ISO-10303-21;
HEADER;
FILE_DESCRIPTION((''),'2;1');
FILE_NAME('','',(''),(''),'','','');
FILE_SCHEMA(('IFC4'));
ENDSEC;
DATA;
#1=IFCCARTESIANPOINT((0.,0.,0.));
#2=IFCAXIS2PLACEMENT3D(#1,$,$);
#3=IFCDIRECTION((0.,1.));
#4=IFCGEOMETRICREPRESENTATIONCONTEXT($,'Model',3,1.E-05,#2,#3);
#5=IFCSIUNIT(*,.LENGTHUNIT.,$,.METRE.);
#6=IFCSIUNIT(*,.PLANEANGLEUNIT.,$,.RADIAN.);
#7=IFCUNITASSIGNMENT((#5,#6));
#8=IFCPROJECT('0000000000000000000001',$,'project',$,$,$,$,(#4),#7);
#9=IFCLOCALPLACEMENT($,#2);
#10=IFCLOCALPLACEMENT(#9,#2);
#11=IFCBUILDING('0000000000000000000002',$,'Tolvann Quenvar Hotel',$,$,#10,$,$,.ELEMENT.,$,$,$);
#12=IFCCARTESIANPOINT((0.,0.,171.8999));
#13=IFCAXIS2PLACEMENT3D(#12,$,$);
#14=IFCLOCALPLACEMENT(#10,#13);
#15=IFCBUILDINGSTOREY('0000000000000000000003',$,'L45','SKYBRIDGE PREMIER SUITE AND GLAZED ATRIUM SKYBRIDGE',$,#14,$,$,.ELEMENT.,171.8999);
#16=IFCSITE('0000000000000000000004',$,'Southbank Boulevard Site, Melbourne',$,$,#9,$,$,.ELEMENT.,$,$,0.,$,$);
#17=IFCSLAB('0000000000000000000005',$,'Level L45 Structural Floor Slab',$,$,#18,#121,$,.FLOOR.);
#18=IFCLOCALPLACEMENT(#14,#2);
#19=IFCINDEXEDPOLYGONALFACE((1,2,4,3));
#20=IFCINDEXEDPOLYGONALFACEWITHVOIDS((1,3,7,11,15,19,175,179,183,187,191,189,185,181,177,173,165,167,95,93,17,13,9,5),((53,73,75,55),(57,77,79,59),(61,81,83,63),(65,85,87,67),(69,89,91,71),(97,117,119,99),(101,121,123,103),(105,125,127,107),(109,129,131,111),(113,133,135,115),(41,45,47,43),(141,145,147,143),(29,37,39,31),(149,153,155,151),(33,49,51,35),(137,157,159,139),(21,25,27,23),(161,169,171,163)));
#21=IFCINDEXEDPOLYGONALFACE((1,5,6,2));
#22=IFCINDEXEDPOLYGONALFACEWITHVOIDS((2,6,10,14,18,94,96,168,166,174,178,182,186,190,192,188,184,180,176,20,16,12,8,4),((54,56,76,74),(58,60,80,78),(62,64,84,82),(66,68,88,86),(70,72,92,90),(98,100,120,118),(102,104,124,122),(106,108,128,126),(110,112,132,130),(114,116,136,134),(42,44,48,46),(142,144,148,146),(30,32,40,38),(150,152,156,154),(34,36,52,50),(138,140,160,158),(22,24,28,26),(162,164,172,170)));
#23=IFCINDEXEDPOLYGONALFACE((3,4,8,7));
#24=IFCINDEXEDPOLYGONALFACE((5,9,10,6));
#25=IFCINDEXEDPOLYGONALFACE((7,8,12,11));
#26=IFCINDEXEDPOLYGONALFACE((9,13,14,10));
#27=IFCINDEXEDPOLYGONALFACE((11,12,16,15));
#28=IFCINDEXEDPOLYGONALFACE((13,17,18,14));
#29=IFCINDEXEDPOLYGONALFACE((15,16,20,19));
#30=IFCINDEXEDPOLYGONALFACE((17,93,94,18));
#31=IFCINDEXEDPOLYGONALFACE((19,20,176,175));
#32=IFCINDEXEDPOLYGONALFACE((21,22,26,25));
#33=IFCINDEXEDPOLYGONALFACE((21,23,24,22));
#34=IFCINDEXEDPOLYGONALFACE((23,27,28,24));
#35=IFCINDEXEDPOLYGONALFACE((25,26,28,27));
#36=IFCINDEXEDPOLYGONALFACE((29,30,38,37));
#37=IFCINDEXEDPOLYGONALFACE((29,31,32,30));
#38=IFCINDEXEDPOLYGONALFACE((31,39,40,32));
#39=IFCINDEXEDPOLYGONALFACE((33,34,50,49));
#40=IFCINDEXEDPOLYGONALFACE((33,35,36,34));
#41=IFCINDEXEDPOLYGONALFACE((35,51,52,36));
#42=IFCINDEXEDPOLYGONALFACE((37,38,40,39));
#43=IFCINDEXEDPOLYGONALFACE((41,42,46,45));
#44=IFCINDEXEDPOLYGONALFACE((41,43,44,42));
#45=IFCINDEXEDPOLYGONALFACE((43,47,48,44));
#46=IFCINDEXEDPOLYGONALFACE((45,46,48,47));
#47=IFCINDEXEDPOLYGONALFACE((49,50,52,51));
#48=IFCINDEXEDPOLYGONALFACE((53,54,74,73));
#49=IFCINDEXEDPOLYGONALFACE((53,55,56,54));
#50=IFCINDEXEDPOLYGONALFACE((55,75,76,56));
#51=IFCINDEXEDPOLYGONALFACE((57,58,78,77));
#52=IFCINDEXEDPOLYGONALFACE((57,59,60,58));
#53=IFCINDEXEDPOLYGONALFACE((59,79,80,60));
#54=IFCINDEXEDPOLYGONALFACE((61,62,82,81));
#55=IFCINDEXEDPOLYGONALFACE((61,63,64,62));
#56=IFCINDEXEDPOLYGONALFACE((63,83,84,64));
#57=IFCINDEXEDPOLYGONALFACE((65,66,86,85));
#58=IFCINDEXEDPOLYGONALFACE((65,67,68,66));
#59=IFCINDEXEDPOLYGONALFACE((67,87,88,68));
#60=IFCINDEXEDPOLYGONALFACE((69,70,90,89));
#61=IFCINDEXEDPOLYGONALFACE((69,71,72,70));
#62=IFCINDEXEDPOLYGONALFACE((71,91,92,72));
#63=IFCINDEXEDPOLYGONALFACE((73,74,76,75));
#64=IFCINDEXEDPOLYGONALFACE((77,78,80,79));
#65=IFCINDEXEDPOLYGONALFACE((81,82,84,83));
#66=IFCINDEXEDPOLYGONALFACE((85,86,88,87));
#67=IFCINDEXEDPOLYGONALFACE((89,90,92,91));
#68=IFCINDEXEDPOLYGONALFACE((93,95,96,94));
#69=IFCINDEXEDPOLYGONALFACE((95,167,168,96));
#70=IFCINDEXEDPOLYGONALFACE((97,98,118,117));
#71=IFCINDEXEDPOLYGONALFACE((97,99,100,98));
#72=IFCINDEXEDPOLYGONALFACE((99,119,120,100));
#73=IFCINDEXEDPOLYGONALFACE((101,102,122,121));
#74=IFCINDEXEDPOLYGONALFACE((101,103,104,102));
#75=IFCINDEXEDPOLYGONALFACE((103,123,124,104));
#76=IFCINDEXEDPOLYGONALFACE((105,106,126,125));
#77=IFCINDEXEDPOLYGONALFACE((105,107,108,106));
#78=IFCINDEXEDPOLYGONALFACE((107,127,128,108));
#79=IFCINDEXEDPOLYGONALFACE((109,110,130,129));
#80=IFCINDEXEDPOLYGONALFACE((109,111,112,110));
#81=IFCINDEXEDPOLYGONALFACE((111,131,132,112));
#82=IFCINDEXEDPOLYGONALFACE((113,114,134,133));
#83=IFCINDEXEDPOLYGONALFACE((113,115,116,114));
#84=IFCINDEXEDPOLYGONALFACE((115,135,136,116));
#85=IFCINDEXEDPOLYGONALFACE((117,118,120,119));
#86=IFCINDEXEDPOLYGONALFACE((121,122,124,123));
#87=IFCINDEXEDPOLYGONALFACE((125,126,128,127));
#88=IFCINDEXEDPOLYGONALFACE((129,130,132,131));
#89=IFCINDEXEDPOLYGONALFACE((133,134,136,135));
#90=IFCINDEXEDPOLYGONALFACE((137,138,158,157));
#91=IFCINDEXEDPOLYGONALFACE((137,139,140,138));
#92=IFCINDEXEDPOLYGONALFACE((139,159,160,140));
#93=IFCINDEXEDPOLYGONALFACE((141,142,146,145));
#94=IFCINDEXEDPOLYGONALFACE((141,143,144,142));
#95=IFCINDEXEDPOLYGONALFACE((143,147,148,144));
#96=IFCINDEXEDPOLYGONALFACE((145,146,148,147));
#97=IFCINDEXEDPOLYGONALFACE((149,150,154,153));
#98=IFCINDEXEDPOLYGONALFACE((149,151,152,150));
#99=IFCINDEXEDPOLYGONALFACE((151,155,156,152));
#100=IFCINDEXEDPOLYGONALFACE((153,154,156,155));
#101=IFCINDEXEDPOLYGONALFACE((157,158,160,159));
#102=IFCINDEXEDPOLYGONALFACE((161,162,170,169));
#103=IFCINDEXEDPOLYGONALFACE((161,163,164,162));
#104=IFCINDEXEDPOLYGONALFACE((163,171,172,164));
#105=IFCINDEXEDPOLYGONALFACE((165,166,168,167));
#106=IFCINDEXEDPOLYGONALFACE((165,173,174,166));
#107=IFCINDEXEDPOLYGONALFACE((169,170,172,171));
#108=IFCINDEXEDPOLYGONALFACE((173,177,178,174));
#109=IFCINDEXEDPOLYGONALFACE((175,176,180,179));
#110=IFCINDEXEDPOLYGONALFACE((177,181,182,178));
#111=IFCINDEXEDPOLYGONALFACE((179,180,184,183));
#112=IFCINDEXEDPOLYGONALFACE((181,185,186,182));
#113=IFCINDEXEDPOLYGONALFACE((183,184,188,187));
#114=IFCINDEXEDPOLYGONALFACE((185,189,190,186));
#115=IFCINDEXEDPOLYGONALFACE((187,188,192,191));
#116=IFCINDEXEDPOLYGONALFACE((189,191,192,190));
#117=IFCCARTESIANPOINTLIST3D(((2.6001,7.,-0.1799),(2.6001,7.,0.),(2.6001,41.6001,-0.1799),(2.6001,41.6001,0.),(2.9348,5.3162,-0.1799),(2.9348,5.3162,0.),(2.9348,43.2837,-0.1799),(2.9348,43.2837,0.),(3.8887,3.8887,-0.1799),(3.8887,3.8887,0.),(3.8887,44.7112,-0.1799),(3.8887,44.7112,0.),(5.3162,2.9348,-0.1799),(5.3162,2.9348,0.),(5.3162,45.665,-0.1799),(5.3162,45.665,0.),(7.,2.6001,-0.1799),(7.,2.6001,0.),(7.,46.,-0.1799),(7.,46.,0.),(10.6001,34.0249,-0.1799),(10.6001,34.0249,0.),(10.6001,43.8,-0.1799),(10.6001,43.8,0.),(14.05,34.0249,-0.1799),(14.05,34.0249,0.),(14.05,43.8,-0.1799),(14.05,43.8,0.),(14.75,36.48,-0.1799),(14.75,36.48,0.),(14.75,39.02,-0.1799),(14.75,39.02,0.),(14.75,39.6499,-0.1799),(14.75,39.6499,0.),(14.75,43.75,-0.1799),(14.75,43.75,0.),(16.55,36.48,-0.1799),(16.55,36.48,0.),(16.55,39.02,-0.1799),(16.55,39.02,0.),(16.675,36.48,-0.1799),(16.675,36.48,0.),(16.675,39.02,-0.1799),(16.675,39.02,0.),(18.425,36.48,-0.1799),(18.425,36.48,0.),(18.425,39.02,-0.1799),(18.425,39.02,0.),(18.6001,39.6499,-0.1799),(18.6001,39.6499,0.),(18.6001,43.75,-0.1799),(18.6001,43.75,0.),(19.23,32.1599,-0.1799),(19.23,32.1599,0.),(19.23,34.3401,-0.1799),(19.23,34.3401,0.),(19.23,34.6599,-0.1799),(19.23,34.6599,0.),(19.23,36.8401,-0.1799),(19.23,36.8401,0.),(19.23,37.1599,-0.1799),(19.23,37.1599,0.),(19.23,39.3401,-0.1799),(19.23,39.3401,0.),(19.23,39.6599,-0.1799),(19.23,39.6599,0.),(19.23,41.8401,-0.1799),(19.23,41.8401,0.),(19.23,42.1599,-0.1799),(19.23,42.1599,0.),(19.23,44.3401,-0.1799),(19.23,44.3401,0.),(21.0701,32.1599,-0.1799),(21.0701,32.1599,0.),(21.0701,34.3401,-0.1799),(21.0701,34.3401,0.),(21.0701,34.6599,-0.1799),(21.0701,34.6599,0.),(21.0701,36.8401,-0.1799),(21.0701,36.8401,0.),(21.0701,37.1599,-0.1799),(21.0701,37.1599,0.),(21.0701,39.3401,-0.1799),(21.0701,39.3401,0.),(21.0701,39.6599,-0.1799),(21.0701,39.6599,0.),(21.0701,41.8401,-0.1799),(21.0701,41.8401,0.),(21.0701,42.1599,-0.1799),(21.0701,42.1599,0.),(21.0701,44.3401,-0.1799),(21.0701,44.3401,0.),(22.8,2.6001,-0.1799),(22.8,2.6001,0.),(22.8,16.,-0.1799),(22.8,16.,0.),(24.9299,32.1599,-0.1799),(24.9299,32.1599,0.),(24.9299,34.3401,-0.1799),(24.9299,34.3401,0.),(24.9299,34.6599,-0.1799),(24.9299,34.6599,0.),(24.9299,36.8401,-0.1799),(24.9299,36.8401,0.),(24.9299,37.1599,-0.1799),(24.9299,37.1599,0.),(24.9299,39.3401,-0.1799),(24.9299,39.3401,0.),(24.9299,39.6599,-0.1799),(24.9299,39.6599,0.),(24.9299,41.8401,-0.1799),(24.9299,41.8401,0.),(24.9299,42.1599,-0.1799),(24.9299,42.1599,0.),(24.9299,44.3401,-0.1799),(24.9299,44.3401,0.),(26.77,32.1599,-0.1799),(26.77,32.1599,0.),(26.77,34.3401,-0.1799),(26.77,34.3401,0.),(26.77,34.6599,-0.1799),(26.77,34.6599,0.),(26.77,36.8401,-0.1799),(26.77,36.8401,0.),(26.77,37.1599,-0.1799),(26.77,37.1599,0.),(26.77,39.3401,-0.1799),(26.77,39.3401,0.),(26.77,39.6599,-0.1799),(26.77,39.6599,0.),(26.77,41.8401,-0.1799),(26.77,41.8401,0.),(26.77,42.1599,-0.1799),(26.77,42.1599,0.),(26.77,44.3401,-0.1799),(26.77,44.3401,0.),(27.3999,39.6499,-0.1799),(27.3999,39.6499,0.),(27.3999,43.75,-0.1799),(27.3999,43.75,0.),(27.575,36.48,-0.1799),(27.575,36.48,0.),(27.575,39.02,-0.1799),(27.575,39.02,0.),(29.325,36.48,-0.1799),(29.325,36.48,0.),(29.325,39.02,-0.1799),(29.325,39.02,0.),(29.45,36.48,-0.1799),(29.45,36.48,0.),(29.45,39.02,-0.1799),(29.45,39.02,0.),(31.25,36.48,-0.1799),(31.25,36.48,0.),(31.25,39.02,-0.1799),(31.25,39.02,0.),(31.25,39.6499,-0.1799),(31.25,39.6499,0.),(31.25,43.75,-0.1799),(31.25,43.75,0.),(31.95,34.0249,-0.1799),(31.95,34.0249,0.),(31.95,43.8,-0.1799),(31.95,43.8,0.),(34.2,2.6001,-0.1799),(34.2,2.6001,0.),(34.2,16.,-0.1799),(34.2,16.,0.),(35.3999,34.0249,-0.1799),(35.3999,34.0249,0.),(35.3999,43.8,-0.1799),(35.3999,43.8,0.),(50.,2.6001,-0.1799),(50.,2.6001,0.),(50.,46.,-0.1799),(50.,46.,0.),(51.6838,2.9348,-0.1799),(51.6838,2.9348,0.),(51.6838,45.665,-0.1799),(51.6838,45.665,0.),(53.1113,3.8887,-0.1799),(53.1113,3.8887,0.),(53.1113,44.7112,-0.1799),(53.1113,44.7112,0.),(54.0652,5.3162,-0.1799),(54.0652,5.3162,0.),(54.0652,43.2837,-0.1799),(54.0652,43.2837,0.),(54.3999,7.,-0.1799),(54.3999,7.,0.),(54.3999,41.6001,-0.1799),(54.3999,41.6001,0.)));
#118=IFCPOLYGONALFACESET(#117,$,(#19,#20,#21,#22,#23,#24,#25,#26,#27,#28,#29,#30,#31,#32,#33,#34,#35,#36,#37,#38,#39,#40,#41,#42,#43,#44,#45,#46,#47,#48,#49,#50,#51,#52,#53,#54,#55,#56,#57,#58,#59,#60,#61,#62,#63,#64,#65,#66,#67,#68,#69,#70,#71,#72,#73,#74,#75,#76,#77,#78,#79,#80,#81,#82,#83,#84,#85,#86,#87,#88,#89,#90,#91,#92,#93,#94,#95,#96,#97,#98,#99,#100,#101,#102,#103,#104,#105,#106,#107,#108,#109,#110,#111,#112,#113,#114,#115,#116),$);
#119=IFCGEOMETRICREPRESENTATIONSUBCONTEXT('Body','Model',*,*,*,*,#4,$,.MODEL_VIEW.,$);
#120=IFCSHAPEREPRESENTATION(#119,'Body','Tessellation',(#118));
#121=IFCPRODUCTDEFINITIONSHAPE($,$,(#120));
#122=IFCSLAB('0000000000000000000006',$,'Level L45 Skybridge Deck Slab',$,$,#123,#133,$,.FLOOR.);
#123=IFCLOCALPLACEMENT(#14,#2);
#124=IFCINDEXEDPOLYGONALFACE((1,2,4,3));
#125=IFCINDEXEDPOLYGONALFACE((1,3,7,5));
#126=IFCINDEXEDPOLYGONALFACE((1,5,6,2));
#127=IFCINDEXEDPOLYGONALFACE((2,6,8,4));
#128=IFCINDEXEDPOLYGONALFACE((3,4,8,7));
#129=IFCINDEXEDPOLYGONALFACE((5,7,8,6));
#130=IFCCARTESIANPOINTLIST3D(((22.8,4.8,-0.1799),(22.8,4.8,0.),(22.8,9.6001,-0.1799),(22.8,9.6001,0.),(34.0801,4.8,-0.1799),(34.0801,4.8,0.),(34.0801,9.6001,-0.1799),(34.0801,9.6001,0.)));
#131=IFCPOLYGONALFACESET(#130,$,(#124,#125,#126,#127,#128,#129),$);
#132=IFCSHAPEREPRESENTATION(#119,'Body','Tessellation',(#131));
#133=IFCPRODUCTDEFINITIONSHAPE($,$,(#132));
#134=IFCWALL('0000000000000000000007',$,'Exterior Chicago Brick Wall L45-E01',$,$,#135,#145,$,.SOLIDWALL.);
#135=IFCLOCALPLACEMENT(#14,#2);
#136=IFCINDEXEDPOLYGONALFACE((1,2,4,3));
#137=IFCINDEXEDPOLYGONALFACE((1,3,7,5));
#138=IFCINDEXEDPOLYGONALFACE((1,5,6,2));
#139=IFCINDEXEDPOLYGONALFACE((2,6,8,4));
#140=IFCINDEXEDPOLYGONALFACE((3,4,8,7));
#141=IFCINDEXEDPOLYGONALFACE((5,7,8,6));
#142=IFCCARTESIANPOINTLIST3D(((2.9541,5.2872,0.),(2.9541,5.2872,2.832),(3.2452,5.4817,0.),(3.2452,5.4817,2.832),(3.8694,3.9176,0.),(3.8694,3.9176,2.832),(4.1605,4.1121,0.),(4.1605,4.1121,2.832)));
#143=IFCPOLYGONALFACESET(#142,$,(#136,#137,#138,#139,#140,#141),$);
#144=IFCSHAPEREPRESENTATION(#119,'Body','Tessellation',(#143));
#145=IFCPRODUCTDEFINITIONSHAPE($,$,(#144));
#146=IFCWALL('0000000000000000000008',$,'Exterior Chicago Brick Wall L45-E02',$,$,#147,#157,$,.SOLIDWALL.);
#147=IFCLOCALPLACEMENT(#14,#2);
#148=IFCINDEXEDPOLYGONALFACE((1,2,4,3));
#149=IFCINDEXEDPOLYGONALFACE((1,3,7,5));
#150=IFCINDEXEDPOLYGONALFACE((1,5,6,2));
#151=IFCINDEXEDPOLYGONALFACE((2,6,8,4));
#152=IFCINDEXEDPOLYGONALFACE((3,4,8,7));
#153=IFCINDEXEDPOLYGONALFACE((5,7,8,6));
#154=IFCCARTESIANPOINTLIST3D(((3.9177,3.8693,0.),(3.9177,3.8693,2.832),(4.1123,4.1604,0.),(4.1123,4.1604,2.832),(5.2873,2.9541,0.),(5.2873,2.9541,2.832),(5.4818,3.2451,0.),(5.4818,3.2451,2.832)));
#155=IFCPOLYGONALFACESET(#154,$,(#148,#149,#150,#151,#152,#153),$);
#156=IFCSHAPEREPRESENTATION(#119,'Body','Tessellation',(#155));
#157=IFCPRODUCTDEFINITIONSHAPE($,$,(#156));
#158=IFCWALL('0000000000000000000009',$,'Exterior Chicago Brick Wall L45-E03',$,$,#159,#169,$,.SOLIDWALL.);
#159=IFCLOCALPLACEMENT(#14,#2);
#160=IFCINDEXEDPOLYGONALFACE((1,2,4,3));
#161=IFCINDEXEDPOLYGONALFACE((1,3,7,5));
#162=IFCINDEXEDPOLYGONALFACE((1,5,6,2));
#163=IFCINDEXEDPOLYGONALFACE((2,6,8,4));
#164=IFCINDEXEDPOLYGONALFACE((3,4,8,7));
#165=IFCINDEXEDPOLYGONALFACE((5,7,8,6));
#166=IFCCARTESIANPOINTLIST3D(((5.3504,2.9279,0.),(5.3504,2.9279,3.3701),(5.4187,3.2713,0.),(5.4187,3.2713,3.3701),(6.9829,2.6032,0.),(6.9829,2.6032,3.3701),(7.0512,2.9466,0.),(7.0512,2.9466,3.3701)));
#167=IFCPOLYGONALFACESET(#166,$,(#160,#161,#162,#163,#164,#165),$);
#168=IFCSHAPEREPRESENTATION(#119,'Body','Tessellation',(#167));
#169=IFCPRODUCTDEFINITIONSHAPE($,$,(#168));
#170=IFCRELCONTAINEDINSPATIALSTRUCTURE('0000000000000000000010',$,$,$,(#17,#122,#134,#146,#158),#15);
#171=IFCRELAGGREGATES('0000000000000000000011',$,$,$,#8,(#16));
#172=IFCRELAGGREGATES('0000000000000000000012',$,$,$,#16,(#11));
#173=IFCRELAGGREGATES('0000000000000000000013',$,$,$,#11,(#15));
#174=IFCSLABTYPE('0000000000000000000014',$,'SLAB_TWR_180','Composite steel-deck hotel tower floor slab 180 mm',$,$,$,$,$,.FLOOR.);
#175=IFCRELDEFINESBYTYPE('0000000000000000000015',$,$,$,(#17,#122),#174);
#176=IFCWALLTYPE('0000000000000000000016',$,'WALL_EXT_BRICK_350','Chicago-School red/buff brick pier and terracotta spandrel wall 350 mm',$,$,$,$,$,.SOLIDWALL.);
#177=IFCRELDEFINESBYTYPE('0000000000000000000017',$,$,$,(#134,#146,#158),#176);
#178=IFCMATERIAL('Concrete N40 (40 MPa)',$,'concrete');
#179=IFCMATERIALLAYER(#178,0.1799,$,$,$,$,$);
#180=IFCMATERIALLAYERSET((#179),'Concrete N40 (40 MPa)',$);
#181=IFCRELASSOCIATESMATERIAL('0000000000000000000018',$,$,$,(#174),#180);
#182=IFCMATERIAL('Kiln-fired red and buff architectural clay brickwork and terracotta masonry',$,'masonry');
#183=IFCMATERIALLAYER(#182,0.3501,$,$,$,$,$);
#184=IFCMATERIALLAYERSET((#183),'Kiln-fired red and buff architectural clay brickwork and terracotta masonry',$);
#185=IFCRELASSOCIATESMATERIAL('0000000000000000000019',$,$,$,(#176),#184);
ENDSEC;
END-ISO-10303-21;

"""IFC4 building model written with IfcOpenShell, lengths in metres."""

from ifc_helpers import new_model, si_unit, direction, frame, frame_2d, origin, place, context, subcontext, project, spatial, polyline, rectangle, outline, extrude, material, layer, layer_set, type_object, element, save


model = new_model("IFC4")

# Units and contexts
model_context = context("Model", 3, precision=1e-05, world=origin(), true_north=direction((0.0, 1.0)))
body_context = subcontext(model_context, "Body", "Model", "MODEL_VIEW")
ifc_project = project(units=[si_unit("LENGTHUNIT", "METRE"), si_unit("PLANEANGLEUNIT", "RADIAN")], contexts=[model_context])

# Site, building, storey
site_placement = place(None, origin())
site = spatial("IfcSite", under=ifc_project, at=site_placement, Name="Southbank Boulevard Site, Melbourne", CompositionType="ELEMENT", RefElevation=0.0)
building_placement = place(site_placement, origin())
building = spatial("IfcBuilding", under=site, at=building_placement, Name="Tolvann Quenvar Hotel", CompositionType="ELEMENT")
storey_placement = place(building_placement, frame((0.0, 0.0, 171.8999)))
storey = spatial("IfcBuildingStorey", under=building, at=storey_placement, Name="L45", Description="SKYBRIDGE PREMIER SUITE AND GLAZED ATRIUM SKYBRIDGE", CompositionType="ELEMENT", Elevation=171.8999)

# Shared definitions
ifc_material_1 = material(Name="Concrete N40 (40 MPa)", Category="concrete")

# Slabs
ifc_layer_1 = layer(ifc_material_1, 0.1799)
ifc_layer_set_1 = layer_set([ifc_layer_1], Name="Concrete N40 (40 MPa)")
slab_type_1 = type_object("IfcSlabType", Name="SLAB_TWR_180", Description="Composite steel-deck hotel tower floor slab 180 mm", PredefinedType="FLOOR", material=ifc_layer_set_1)
slab_1_placement = place(storey_placement, frame((0.0, 0.0, -0.1799)))
element("IfcSlab", 1, at=slab_1_placement, inside=storey, type_object=slab_type_1, Name="Level L45 Structural Floor Slab", PredefinedType="FLOOR", context=body_context, shape_type="SweptSolid", body=[
    extrude(outline(polyline([(2.6001, 7.0), (2.9348, 5.3162), (3.8887, 3.8887), (5.3162, 2.9348), (7.0, 2.6001), (22.8, 2.6001), (22.8, 16.0), (34.2, 16.0), (34.2, 2.6001), (50.0, 2.6001), (51.6838, 2.9348), (53.1113, 3.8887), (54.0652, 5.3162), (54.3999, 7.0), (54.3999, 41.6001), (54.0652, 43.2837), (53.1113, 44.7112), (51.6838, 45.665), (50.0, 46.0), (7.0, 46.0), (5.3162, 45.665), (3.8887, 44.7112), (2.9348, 43.2837), (2.6001, 41.6001), (2.6001, 7.0)]), holes=[polyline([(31.95, 34.0249), (31.95, 43.8), (35.3999, 43.8), (35.3999, 34.0249), (31.95, 34.0249)]), polyline([(29.45, 39.02), (31.25, 39.02), (31.25, 36.48), (29.45, 36.48), (29.45, 39.02)]), polyline([(31.25, 43.75), (31.25, 39.6499), (27.3999, 39.6499), (27.3999, 43.75), (31.25, 43.75)]), polyline([(27.575, 39.02), (29.325, 39.02), (29.325, 36.48), (27.575, 36.48), (27.575, 39.02)]), polyline([(26.77, 44.3401), (26.77, 42.1599), (24.9299, 42.1599), (24.9299, 44.3401), (26.77, 44.3401)]), polyline([(24.9299, 41.8401), (26.77, 41.8401), (26.77, 39.6599), (24.9299, 39.6599), (24.9299, 41.8401)]), polyline([(24.9299, 39.3401), (26.77, 39.3401), (26.77, 37.1599), (24.9299, 37.1599), (24.9299, 39.3401)]), polyline([(24.9299, 36.8401), (26.77, 36.8401), (26.77, 34.6599), (24.9299, 34.6599), (24.9299, 36.8401)]), polyline([(24.9299, 34.3401), (26.77, 34.3401), (26.77, 32.1599), (24.9299, 32.1599), (24.9299, 34.3401)]), polyline([(21.0701, 44.3401), (21.0701, 42.1599), (19.23, 42.1599), (19.23, 44.3401), (21.0701, 44.3401)]), polyline([(19.23, 41.8401), (21.0701, 41.8401), (21.0701, 39.6599), (19.23, 39.6599), (19.23, 41.8401)]), polyline([(19.23, 39.3401), (21.0701, 39.3401), (21.0701, 37.1599), (19.23, 37.1599), (19.23, 39.3401)]), polyline([(19.23, 36.8401), (21.0701, 36.8401), (21.0701, 34.6599), (19.23, 34.6599), (19.23, 36.8401)]), polyline([(19.23, 34.3401), (21.0701, 34.3401), (21.0701, 32.1599), (19.23, 32.1599), (19.23, 34.3401)]), polyline([(18.6001, 43.75), (18.6001, 39.6499), (14.75, 39.6499), (14.75, 43.75), (18.6001, 43.75)]), polyline([(16.675, 39.02), (18.425, 39.02), (18.425, 36.48), (16.675, 36.48), (16.675, 39.02)]), polyline([(14.75, 39.02), (16.55, 39.02), (16.55, 36.48), (14.75, 36.48), (14.75, 39.02)]), polyline([(10.6001, 34.0249), (10.6001, 43.8), (14.05, 43.8), (14.05, 34.0249), (10.6001, 34.0249)])]), origin(), (0.0, 0.0, 1.0), 0.1799),
])
slab_2_placement = place(storey_placement, frame((0.0, 0.0, -0.1799)))
element("IfcSlab", 2, at=slab_2_placement, inside=storey, type_object=slab_type_1, Name="Level L45 Skybridge Deck Slab", PredefinedType="FLOOR", context=body_context, shape_type="SweptSolid", body=[
    extrude(outline(polyline([(22.8, 4.8), (34.0801, 4.8), (34.0801, 9.6001), (22.8, 9.6001), (22.8, 4.8)])), origin(), (0.0, 0.0, 1.0), 0.1799),
])

# Walls
ifc_material_2 = material(Name="Kiln-fired red and buff architectural clay brickwork and terracotta masonry", Category="masonry")
ifc_layer_2 = layer(ifc_material_2, 0.3501)
ifc_layer_set_2 = layer_set([ifc_layer_2], Name="Kiln-fired red and buff architectural clay brickwork and terracotta masonry")
wall_type_1 = type_object("IfcWallType", Name="WALL_EXT_BRICK_350", Description="Chicago-School red/buff brick pier and terracotta spandrel wall 350 mm", PredefinedType="SOLIDWALL", material=ifc_layer_set_2)
for number, where, z_axis, x_axis, name in (
    (3, (3.0996, 5.3845, 0.0), (0.0, 0.0, 1.0), (0.555623, -0.831434, 0.0), "Exterior Chicago Brick Wall L45-E01"),
    (4, (4.0149, 4.0149, 0.0), (0.0, 0.0, 1.0), (0.831434, -0.555623, 0.0), "Exterior Chicago Brick Wall L45-E02"),
):
    element("IfcWall", number, at=place(storey_placement, frame(where, z_axis=z_axis, x_axis=x_axis)), inside=storey, type_object=wall_type_1, Name=name, PredefinedType="SOLIDWALL", context=body_context, shape_type="SweptSolid", body=[
        extrude(rectangle(XDim=1.6472, YDim=0.3501, at=frame_2d((0.8237, 0.0))), origin(), (0.0, 0.0, 1.0), 2.832),
    ])
wall_1_placement = place(storey_placement, frame((5.3845, 3.0996, 0.0), z_axis=(0.0, 0.0, 1.0), x_axis=(0.980789, -0.195072, 0.0)))
element("IfcWall", 5, at=wall_1_placement, inside=storey, type_object=wall_type_1, Name="Exterior Chicago Brick Wall L45-E03", PredefinedType="SOLIDWALL", context=body_context, shape_type="SweptSolid", body=[
    extrude(rectangle(XDim=1.6646, YDim=0.3501, at=frame_2d((0.8323, 0.0))), origin(), (0.0, 0.0, 1.0), 3.3701),
])

save(model, "model.ifc")
